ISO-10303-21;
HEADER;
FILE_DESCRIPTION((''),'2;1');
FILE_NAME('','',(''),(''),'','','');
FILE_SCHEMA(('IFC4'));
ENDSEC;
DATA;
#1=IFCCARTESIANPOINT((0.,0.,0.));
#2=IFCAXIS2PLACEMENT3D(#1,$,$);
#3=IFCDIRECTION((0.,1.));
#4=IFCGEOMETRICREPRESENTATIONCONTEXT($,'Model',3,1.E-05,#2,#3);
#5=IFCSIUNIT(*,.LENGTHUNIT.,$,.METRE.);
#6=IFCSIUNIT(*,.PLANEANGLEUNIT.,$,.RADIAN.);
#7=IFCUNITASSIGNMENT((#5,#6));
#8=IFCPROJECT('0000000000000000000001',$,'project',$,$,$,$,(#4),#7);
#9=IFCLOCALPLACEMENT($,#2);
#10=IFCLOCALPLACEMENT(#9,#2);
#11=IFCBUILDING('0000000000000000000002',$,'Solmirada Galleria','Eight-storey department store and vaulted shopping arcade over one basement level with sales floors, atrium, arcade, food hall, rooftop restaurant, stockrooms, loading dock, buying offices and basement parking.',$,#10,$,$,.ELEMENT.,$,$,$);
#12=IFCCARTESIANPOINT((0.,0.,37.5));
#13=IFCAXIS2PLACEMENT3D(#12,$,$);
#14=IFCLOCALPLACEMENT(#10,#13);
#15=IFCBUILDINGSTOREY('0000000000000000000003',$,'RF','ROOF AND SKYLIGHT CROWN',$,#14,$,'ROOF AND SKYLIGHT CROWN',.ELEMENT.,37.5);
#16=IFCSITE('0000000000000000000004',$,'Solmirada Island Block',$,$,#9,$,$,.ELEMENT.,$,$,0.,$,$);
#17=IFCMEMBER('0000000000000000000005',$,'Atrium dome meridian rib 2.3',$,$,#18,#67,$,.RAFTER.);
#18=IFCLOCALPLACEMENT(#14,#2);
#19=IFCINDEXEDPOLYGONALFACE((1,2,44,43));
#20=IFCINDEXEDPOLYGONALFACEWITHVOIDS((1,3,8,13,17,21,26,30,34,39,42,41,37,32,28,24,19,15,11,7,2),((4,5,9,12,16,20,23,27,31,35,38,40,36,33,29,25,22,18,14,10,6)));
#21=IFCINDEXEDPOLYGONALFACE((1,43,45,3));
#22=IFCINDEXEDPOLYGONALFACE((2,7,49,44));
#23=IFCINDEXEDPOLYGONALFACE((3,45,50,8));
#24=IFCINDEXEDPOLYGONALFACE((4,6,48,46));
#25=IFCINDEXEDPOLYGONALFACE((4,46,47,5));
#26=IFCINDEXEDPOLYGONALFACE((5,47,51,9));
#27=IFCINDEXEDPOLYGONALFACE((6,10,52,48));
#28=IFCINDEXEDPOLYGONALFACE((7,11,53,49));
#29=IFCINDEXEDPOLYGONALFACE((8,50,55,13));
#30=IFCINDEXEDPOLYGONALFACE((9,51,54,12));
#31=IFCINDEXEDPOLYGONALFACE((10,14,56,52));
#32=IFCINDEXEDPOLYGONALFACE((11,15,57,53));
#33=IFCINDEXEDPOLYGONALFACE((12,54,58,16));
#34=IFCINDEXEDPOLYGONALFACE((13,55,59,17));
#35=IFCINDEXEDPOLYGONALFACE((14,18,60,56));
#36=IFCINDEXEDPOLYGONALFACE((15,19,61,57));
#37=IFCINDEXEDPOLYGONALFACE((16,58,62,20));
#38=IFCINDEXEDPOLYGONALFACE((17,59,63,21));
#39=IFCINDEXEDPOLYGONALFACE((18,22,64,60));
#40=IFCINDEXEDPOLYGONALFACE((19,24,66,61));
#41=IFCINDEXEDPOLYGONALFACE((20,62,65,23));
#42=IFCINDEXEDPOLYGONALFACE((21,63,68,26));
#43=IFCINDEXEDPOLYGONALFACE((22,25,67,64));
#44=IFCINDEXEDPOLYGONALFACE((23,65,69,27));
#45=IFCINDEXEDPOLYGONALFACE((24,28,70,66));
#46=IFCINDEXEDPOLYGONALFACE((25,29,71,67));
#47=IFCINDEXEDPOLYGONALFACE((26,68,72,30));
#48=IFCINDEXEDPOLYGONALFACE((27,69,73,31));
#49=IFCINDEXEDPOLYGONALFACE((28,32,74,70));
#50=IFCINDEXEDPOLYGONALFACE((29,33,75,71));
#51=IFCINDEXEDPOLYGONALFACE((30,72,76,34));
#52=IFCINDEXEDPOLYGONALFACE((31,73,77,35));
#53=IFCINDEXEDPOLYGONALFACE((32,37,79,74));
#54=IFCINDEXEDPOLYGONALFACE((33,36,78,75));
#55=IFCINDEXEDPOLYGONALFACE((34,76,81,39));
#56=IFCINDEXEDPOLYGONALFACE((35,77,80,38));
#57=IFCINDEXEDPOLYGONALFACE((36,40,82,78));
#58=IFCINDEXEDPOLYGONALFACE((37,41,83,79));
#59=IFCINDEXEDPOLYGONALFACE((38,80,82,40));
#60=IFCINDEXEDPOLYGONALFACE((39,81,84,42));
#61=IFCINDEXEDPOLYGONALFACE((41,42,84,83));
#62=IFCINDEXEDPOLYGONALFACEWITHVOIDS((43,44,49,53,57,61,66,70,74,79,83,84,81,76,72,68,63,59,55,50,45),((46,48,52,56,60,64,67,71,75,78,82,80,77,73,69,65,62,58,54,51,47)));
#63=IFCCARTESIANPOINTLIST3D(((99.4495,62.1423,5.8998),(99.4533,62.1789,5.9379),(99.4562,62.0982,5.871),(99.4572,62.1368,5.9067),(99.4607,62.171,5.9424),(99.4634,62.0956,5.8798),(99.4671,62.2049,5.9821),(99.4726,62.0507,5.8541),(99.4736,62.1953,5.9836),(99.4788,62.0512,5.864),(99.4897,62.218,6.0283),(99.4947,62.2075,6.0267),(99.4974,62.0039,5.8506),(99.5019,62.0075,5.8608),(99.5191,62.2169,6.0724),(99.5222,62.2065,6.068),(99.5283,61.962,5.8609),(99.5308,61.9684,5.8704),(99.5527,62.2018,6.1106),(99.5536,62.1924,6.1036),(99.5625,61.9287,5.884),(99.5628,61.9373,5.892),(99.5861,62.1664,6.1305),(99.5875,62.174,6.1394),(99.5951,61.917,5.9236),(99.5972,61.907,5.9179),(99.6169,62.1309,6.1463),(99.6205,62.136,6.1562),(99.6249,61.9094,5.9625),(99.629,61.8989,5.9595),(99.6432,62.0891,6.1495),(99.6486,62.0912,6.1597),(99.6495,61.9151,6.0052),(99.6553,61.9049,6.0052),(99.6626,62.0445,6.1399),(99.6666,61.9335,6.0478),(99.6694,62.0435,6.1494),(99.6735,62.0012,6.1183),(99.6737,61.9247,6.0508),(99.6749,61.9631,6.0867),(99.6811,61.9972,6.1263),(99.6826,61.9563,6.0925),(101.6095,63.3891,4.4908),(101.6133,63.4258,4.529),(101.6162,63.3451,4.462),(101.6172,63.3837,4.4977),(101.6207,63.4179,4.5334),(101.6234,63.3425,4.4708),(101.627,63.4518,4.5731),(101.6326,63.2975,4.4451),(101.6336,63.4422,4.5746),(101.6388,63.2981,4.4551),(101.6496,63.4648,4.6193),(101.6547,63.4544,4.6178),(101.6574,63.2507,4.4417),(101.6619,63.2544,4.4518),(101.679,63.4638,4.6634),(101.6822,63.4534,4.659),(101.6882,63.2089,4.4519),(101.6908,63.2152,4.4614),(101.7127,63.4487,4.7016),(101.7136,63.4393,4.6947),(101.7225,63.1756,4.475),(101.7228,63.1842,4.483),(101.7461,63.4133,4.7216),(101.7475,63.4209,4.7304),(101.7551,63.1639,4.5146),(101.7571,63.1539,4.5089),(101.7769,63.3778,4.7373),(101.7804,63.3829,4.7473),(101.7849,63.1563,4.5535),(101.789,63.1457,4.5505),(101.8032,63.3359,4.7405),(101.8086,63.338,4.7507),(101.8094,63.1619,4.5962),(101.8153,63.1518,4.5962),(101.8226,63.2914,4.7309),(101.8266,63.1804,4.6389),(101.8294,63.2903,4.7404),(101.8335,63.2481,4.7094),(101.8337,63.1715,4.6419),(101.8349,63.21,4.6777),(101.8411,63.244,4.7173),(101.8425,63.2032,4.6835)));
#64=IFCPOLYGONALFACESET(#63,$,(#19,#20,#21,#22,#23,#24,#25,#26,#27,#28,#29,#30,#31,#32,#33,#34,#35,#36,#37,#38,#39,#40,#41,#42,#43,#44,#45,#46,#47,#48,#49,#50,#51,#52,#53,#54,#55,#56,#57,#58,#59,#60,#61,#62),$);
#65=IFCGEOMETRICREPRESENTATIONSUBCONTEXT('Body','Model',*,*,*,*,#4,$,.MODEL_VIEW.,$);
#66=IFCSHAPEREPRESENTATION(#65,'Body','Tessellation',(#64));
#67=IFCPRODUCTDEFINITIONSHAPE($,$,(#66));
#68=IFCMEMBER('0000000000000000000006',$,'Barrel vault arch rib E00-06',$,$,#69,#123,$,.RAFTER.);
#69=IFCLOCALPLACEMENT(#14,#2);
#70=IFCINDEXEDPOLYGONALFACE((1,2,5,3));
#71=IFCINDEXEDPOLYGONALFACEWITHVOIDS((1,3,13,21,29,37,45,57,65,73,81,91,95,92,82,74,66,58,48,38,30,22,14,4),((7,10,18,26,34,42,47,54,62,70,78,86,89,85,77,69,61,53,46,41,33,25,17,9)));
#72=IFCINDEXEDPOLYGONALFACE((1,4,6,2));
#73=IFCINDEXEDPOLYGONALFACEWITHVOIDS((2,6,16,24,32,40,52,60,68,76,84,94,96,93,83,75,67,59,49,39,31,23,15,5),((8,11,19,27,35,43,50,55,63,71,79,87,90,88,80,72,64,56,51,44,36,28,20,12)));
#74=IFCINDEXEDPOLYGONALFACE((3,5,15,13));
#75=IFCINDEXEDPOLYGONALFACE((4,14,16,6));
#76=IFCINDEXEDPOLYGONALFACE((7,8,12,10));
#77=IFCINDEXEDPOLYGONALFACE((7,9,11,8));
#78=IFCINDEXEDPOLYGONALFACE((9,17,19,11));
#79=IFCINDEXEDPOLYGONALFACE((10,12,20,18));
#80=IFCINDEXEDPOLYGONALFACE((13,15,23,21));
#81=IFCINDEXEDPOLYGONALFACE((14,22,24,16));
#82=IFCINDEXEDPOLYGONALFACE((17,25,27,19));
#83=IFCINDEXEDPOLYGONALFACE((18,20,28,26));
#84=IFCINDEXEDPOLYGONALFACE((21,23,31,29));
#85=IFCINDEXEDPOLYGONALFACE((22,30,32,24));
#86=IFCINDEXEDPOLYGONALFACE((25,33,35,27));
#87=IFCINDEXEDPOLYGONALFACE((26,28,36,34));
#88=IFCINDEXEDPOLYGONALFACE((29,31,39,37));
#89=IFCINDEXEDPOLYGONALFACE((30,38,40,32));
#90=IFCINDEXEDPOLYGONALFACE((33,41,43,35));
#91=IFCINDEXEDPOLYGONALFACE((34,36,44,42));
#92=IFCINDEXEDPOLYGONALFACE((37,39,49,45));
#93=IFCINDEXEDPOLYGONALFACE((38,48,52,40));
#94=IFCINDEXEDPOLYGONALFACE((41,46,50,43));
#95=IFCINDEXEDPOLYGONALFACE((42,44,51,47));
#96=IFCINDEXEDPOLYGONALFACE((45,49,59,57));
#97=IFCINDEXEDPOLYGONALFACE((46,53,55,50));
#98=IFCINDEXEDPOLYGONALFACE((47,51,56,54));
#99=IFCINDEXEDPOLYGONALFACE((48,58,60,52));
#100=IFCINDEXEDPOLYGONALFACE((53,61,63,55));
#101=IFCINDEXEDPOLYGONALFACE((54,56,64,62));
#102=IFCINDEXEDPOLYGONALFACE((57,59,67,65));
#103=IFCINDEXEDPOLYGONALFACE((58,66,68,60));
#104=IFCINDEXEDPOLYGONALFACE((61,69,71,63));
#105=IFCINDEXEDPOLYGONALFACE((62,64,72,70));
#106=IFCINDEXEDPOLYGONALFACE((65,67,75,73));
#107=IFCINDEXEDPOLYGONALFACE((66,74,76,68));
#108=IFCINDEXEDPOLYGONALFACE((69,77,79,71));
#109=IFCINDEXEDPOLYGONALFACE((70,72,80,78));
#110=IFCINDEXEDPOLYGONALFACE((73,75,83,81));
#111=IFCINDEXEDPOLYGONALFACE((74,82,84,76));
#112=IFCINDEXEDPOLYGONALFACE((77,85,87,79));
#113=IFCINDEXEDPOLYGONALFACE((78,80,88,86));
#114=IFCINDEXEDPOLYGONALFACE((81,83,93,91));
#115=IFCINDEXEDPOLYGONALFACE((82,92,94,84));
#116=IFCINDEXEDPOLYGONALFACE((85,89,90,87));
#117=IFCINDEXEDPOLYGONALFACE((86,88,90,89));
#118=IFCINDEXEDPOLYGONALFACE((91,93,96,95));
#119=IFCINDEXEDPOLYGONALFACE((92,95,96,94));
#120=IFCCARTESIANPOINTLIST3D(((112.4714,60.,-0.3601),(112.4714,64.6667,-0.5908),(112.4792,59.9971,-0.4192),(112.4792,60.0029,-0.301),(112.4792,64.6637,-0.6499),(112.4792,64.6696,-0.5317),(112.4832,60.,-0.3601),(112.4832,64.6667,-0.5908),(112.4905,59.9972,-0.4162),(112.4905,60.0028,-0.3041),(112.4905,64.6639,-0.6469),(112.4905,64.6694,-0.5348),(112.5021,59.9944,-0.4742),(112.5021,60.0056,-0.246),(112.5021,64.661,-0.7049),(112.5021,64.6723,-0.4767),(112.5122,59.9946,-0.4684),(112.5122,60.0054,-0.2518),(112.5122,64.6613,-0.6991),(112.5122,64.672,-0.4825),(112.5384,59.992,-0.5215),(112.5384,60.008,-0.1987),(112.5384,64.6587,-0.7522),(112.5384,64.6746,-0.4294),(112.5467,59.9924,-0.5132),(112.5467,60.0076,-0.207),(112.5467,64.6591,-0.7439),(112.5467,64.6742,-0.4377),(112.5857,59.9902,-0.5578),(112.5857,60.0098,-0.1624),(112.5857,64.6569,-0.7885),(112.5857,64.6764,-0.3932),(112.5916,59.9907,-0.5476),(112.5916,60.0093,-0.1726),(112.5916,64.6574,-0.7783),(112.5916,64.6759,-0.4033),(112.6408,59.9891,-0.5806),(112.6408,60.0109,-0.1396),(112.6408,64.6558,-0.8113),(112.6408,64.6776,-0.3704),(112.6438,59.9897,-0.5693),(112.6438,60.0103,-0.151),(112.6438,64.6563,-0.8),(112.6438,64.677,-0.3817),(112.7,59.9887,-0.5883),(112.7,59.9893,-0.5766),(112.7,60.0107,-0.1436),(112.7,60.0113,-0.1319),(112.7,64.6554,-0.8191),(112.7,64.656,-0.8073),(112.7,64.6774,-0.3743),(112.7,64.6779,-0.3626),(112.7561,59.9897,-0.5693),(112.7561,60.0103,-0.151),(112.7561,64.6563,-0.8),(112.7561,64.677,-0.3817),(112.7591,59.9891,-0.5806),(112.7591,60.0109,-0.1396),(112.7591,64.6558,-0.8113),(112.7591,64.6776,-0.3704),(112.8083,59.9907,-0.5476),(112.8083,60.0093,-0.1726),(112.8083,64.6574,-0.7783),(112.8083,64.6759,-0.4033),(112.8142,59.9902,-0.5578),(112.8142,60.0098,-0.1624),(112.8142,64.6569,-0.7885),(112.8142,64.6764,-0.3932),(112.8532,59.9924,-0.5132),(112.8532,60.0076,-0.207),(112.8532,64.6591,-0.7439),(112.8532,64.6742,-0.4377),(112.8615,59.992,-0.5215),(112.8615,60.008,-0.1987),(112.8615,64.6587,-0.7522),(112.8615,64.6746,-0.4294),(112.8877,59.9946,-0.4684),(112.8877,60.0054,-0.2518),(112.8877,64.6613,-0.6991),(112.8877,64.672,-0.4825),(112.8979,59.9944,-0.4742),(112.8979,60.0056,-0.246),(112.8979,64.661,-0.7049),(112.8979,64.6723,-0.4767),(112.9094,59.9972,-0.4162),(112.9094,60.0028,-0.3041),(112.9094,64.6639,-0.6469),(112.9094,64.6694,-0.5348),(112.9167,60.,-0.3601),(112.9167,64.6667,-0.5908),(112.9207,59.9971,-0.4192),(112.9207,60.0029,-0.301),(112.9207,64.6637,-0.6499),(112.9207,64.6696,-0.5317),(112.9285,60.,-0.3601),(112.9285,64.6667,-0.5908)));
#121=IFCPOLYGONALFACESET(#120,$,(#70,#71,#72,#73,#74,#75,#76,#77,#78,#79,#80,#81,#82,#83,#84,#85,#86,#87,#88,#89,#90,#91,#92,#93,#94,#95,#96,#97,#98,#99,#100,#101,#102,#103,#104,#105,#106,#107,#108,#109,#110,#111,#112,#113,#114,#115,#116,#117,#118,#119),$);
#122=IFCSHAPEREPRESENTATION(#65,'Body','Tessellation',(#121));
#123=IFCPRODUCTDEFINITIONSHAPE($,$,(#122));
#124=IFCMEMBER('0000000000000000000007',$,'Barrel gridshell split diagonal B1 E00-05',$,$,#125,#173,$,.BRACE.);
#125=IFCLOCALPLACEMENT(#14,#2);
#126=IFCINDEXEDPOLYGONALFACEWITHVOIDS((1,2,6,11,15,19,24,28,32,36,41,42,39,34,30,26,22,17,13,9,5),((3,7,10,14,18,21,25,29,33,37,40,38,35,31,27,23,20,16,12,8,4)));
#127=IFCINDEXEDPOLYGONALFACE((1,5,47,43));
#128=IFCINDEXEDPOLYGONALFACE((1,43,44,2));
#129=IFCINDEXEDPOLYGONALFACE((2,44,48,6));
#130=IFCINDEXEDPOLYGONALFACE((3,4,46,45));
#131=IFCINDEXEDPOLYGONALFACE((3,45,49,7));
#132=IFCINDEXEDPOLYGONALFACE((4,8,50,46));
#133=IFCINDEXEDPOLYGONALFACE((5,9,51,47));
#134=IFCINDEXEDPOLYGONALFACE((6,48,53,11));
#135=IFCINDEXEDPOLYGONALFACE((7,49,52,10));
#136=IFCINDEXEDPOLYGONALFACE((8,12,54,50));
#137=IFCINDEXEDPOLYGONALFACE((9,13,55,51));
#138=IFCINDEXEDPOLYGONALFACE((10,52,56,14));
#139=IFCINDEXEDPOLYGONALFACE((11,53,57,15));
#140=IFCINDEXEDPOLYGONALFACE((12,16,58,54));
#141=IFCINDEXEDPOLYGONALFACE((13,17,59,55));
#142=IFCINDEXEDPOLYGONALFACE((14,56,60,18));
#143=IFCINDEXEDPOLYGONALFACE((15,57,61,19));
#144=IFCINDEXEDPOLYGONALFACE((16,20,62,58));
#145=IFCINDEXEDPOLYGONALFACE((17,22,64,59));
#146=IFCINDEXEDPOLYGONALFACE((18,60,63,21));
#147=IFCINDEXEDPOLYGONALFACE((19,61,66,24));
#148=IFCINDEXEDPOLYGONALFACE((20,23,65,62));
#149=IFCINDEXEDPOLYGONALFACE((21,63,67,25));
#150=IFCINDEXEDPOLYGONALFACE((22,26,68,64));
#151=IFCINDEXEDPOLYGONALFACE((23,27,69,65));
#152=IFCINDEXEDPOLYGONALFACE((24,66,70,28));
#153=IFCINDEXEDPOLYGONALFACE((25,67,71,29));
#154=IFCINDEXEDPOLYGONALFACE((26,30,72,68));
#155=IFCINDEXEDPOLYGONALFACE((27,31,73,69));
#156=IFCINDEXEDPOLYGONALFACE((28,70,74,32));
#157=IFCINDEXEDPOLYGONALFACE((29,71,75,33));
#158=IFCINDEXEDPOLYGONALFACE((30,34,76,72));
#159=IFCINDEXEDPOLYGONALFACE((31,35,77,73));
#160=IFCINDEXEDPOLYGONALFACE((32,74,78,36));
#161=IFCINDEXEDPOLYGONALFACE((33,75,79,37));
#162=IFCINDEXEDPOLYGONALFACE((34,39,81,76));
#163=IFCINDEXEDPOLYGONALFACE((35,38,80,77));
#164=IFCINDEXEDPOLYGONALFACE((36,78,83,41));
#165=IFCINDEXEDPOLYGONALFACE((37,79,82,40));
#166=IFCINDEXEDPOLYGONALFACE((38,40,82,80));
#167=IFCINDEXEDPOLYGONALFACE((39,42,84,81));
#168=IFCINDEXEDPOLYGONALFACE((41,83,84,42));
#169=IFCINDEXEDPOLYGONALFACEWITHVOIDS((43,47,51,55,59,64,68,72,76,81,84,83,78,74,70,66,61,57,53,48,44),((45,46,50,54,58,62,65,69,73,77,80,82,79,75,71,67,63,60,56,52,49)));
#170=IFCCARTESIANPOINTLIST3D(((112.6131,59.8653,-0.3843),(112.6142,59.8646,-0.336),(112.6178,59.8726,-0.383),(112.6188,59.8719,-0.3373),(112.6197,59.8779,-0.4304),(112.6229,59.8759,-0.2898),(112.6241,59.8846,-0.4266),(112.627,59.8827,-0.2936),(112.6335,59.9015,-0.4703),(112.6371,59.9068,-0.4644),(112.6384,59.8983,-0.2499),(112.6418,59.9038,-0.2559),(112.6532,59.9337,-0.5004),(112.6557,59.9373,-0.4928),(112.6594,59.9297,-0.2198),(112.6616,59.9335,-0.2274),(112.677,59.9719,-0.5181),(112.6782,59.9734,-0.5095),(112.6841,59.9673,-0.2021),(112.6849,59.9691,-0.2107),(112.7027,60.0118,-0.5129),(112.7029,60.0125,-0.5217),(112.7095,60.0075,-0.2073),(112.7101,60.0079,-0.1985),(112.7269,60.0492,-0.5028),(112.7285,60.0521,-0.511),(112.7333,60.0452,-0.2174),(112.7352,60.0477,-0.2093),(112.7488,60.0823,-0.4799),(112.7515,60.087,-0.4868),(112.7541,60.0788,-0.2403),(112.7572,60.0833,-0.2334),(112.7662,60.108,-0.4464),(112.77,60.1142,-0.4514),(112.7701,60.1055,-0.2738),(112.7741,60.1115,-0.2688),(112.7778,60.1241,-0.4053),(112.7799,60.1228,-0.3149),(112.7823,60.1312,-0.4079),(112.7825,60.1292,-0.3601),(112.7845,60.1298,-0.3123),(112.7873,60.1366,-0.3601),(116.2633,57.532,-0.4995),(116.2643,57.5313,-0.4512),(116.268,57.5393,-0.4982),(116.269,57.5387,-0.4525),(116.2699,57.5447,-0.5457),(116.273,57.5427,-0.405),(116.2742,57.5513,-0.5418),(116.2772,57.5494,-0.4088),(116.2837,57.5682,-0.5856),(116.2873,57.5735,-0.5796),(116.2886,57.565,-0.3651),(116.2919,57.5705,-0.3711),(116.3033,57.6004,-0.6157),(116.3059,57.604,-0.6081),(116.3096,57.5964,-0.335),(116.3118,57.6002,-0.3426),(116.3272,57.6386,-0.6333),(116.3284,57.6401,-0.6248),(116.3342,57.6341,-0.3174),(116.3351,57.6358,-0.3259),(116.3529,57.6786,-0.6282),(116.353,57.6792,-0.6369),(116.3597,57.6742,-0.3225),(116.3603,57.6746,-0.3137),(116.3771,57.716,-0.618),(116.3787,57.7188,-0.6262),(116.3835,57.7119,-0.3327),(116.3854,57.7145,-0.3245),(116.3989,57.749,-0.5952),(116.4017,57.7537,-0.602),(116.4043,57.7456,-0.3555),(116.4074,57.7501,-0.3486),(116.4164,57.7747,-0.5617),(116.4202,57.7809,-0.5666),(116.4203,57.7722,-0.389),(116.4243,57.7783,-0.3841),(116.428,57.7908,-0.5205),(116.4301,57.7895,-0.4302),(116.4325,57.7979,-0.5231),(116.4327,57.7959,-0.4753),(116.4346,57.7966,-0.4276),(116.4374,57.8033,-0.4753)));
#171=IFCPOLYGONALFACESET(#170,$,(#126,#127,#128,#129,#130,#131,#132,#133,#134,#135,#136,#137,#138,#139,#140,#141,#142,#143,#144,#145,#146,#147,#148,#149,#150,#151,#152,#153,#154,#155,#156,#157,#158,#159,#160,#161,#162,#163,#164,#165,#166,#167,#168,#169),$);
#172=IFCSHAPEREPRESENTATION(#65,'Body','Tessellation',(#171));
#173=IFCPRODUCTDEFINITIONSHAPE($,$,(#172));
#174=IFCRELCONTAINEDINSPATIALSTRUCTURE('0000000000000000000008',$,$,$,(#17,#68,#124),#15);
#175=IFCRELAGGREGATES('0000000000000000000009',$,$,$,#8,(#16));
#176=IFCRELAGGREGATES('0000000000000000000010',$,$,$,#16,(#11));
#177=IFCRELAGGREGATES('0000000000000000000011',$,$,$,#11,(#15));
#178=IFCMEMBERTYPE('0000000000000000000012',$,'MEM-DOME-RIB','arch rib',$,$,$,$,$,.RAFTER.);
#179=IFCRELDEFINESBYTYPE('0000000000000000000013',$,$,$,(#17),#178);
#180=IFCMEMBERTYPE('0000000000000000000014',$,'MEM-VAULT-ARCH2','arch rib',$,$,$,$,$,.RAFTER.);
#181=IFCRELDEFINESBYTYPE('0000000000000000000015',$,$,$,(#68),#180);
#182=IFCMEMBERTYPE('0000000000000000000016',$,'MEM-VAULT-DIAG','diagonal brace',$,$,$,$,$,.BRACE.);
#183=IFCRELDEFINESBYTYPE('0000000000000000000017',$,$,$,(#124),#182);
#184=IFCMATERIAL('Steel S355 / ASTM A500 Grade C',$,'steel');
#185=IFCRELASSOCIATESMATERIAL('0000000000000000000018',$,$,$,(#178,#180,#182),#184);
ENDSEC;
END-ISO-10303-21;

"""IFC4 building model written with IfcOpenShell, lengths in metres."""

from ifc_helpers import new_model, si_unit, direction, frame, origin, origin_2d, place, context, subcontext, project, spatial, hollow_circle, extrude, material, material_profile, profile_set, type_object, element, save


model = new_model("IFC4")

# Units and contexts
model_context = context("Model", 3, precision=1e-05, world=origin(), true_north=direction((0.0, 1.0)))
body_context = subcontext(model_context, "Body", "Model", "MODEL_VIEW")
ifc_project = project(units=[si_unit("LENGTHUNIT", "METRE"), si_unit("PLANEANGLEUNIT", "RADIAN")], contexts=[model_context])

# Site, building, storey
site_placement = place(None, origin())
site = spatial("IfcSite", under=ifc_project, at=site_placement, Name="Solmirada Island Block", CompositionType="ELEMENT", RefElevation=0.0)
building_placement = place(site_placement, origin())
building = spatial("IfcBuilding", under=site, at=building_placement, Name="Solmirada Galleria", Description="Eight-storey department store and vaulted shopping arcade over one basement level with sales floors, atrium, arcade, food hall, rooftop restaurant, stockrooms, loading dock, buying offices and basement parking.", CompositionType="ELEMENT")
storey_placement = place(building_placement, frame((0.0, 0.0, 37.5)))
storey = spatial("IfcBuildingStorey", under=building, at=storey_placement, Name="RF", Description="ROOF AND SKYLIGHT CROWN", LongName="ROOF AND SKYLIGHT CROWN", CompositionType="ELEMENT", Elevation=37.5)

# Members
ifc_material_1 = material(Name="Steel S355 / ASTM A500 Grade C", Category="steel")
ifc_material_profile_1 = material_profile(ifc_material_1, hollow_circle(Radius=0.178, WallThickness=0.0117, at=origin_2d()), Name="HSS14.000X0.500")
ifc_profile_set_1 = profile_set([ifc_material_profile_1], Name="Steel S355 / ASTM A500 Grade C")
member_type_1 = type_object("IfcMemberType", Name="MEM-DOME-RIB", Description="arch rib", PredefinedType="RAFTER", material=ifc_profile_set_1)
member_1_placement = place(storey_placement, frame((101.7263, 63.3059, 4.5962), z_axis=(-0.754049, -0.435281, 0.491875), x_axis=(0.49994, -0.86606, 0.0)))
element("IfcMember", 1, at=member_1_placement, inside=storey, type_object=member_type_1, Name="Atrium dome meridian rib 2.3", PredefinedType="RAFTER", context=body_context, shape_type="SweptSolid", body=[
    extrude(hollow_circle(Radius=0.178, WallThickness=0.0117, at=origin_2d()), origin(), (0.0, 0.0, 1.0), 2.8645),
])
ifc_material_profile_2 = material_profile(ifc_material_1, hollow_circle(Radius=0.2285, WallThickness=0.0117, at=origin_2d()), Name="HSS18.000X0.500")
ifc_profile_set_2 = profile_set([ifc_material_profile_2], Name="Steel S355 / ASTM A500 Grade C")
member_type_2 = type_object("IfcMemberType", Name="MEM-VAULT-ARCH2", Description="arch rib", PredefinedType="RAFTER", material=ifc_profile_set_2)
member_2_placement = place(storey_placement, frame((112.7, 60.0, -0.3601), z_axis=(0.0, 0.99878, -0.049377), x_axis=(-1.0, 0.0, 0.0)))
element("IfcMember", 2, at=member_2_placement, inside=storey, type_object=member_type_2, Name="Barrel vault arch rib E00-06", PredefinedType="RAFTER", context=body_context, shape_type="SweptSolid", body=[
    extrude(hollow_circle(Radius=0.2285, WallThickness=0.0117, at=origin_2d()), origin(), (0.0, 0.0, 1.0), 4.6724),
])
ifc_material_profile_3 = material_profile(ifc_material_1, hollow_circle(Radius=0.1621, WallThickness=0.0088, at=origin_2d()), Name="HSS12.750X0.375")
ifc_profile_set_3 = profile_set([ifc_material_profile_3], Name="Steel S355 / ASTM A500 Grade C")
member_type_3 = type_object("IfcMemberType", Name="MEM-VAULT-DIAG", Description="diagonal brace", PredefinedType="BRACE", material=ifc_profile_set_3)
member_3_placement = place(storey_placement, frame((112.7, 60.0, -0.3601), z_axis=(0.842271, -0.538398, -0.02659), x_axis=(0.538588, 0.842569, 0.0)))
element("IfcMember", 3, at=member_3_placement, inside=storey, type_object=member_type_3, Name="Barrel gridshell split diagonal B1 E00-05", PredefinedType="BRACE", context=body_context, shape_type="SweptSolid", body=[
    extrude(hollow_circle(Radius=0.1621, WallThickness=0.0088, at=origin_2d()), origin(), (0.0, 0.0, 1.0), 4.3337),
])

save(model, "model.ifc")
